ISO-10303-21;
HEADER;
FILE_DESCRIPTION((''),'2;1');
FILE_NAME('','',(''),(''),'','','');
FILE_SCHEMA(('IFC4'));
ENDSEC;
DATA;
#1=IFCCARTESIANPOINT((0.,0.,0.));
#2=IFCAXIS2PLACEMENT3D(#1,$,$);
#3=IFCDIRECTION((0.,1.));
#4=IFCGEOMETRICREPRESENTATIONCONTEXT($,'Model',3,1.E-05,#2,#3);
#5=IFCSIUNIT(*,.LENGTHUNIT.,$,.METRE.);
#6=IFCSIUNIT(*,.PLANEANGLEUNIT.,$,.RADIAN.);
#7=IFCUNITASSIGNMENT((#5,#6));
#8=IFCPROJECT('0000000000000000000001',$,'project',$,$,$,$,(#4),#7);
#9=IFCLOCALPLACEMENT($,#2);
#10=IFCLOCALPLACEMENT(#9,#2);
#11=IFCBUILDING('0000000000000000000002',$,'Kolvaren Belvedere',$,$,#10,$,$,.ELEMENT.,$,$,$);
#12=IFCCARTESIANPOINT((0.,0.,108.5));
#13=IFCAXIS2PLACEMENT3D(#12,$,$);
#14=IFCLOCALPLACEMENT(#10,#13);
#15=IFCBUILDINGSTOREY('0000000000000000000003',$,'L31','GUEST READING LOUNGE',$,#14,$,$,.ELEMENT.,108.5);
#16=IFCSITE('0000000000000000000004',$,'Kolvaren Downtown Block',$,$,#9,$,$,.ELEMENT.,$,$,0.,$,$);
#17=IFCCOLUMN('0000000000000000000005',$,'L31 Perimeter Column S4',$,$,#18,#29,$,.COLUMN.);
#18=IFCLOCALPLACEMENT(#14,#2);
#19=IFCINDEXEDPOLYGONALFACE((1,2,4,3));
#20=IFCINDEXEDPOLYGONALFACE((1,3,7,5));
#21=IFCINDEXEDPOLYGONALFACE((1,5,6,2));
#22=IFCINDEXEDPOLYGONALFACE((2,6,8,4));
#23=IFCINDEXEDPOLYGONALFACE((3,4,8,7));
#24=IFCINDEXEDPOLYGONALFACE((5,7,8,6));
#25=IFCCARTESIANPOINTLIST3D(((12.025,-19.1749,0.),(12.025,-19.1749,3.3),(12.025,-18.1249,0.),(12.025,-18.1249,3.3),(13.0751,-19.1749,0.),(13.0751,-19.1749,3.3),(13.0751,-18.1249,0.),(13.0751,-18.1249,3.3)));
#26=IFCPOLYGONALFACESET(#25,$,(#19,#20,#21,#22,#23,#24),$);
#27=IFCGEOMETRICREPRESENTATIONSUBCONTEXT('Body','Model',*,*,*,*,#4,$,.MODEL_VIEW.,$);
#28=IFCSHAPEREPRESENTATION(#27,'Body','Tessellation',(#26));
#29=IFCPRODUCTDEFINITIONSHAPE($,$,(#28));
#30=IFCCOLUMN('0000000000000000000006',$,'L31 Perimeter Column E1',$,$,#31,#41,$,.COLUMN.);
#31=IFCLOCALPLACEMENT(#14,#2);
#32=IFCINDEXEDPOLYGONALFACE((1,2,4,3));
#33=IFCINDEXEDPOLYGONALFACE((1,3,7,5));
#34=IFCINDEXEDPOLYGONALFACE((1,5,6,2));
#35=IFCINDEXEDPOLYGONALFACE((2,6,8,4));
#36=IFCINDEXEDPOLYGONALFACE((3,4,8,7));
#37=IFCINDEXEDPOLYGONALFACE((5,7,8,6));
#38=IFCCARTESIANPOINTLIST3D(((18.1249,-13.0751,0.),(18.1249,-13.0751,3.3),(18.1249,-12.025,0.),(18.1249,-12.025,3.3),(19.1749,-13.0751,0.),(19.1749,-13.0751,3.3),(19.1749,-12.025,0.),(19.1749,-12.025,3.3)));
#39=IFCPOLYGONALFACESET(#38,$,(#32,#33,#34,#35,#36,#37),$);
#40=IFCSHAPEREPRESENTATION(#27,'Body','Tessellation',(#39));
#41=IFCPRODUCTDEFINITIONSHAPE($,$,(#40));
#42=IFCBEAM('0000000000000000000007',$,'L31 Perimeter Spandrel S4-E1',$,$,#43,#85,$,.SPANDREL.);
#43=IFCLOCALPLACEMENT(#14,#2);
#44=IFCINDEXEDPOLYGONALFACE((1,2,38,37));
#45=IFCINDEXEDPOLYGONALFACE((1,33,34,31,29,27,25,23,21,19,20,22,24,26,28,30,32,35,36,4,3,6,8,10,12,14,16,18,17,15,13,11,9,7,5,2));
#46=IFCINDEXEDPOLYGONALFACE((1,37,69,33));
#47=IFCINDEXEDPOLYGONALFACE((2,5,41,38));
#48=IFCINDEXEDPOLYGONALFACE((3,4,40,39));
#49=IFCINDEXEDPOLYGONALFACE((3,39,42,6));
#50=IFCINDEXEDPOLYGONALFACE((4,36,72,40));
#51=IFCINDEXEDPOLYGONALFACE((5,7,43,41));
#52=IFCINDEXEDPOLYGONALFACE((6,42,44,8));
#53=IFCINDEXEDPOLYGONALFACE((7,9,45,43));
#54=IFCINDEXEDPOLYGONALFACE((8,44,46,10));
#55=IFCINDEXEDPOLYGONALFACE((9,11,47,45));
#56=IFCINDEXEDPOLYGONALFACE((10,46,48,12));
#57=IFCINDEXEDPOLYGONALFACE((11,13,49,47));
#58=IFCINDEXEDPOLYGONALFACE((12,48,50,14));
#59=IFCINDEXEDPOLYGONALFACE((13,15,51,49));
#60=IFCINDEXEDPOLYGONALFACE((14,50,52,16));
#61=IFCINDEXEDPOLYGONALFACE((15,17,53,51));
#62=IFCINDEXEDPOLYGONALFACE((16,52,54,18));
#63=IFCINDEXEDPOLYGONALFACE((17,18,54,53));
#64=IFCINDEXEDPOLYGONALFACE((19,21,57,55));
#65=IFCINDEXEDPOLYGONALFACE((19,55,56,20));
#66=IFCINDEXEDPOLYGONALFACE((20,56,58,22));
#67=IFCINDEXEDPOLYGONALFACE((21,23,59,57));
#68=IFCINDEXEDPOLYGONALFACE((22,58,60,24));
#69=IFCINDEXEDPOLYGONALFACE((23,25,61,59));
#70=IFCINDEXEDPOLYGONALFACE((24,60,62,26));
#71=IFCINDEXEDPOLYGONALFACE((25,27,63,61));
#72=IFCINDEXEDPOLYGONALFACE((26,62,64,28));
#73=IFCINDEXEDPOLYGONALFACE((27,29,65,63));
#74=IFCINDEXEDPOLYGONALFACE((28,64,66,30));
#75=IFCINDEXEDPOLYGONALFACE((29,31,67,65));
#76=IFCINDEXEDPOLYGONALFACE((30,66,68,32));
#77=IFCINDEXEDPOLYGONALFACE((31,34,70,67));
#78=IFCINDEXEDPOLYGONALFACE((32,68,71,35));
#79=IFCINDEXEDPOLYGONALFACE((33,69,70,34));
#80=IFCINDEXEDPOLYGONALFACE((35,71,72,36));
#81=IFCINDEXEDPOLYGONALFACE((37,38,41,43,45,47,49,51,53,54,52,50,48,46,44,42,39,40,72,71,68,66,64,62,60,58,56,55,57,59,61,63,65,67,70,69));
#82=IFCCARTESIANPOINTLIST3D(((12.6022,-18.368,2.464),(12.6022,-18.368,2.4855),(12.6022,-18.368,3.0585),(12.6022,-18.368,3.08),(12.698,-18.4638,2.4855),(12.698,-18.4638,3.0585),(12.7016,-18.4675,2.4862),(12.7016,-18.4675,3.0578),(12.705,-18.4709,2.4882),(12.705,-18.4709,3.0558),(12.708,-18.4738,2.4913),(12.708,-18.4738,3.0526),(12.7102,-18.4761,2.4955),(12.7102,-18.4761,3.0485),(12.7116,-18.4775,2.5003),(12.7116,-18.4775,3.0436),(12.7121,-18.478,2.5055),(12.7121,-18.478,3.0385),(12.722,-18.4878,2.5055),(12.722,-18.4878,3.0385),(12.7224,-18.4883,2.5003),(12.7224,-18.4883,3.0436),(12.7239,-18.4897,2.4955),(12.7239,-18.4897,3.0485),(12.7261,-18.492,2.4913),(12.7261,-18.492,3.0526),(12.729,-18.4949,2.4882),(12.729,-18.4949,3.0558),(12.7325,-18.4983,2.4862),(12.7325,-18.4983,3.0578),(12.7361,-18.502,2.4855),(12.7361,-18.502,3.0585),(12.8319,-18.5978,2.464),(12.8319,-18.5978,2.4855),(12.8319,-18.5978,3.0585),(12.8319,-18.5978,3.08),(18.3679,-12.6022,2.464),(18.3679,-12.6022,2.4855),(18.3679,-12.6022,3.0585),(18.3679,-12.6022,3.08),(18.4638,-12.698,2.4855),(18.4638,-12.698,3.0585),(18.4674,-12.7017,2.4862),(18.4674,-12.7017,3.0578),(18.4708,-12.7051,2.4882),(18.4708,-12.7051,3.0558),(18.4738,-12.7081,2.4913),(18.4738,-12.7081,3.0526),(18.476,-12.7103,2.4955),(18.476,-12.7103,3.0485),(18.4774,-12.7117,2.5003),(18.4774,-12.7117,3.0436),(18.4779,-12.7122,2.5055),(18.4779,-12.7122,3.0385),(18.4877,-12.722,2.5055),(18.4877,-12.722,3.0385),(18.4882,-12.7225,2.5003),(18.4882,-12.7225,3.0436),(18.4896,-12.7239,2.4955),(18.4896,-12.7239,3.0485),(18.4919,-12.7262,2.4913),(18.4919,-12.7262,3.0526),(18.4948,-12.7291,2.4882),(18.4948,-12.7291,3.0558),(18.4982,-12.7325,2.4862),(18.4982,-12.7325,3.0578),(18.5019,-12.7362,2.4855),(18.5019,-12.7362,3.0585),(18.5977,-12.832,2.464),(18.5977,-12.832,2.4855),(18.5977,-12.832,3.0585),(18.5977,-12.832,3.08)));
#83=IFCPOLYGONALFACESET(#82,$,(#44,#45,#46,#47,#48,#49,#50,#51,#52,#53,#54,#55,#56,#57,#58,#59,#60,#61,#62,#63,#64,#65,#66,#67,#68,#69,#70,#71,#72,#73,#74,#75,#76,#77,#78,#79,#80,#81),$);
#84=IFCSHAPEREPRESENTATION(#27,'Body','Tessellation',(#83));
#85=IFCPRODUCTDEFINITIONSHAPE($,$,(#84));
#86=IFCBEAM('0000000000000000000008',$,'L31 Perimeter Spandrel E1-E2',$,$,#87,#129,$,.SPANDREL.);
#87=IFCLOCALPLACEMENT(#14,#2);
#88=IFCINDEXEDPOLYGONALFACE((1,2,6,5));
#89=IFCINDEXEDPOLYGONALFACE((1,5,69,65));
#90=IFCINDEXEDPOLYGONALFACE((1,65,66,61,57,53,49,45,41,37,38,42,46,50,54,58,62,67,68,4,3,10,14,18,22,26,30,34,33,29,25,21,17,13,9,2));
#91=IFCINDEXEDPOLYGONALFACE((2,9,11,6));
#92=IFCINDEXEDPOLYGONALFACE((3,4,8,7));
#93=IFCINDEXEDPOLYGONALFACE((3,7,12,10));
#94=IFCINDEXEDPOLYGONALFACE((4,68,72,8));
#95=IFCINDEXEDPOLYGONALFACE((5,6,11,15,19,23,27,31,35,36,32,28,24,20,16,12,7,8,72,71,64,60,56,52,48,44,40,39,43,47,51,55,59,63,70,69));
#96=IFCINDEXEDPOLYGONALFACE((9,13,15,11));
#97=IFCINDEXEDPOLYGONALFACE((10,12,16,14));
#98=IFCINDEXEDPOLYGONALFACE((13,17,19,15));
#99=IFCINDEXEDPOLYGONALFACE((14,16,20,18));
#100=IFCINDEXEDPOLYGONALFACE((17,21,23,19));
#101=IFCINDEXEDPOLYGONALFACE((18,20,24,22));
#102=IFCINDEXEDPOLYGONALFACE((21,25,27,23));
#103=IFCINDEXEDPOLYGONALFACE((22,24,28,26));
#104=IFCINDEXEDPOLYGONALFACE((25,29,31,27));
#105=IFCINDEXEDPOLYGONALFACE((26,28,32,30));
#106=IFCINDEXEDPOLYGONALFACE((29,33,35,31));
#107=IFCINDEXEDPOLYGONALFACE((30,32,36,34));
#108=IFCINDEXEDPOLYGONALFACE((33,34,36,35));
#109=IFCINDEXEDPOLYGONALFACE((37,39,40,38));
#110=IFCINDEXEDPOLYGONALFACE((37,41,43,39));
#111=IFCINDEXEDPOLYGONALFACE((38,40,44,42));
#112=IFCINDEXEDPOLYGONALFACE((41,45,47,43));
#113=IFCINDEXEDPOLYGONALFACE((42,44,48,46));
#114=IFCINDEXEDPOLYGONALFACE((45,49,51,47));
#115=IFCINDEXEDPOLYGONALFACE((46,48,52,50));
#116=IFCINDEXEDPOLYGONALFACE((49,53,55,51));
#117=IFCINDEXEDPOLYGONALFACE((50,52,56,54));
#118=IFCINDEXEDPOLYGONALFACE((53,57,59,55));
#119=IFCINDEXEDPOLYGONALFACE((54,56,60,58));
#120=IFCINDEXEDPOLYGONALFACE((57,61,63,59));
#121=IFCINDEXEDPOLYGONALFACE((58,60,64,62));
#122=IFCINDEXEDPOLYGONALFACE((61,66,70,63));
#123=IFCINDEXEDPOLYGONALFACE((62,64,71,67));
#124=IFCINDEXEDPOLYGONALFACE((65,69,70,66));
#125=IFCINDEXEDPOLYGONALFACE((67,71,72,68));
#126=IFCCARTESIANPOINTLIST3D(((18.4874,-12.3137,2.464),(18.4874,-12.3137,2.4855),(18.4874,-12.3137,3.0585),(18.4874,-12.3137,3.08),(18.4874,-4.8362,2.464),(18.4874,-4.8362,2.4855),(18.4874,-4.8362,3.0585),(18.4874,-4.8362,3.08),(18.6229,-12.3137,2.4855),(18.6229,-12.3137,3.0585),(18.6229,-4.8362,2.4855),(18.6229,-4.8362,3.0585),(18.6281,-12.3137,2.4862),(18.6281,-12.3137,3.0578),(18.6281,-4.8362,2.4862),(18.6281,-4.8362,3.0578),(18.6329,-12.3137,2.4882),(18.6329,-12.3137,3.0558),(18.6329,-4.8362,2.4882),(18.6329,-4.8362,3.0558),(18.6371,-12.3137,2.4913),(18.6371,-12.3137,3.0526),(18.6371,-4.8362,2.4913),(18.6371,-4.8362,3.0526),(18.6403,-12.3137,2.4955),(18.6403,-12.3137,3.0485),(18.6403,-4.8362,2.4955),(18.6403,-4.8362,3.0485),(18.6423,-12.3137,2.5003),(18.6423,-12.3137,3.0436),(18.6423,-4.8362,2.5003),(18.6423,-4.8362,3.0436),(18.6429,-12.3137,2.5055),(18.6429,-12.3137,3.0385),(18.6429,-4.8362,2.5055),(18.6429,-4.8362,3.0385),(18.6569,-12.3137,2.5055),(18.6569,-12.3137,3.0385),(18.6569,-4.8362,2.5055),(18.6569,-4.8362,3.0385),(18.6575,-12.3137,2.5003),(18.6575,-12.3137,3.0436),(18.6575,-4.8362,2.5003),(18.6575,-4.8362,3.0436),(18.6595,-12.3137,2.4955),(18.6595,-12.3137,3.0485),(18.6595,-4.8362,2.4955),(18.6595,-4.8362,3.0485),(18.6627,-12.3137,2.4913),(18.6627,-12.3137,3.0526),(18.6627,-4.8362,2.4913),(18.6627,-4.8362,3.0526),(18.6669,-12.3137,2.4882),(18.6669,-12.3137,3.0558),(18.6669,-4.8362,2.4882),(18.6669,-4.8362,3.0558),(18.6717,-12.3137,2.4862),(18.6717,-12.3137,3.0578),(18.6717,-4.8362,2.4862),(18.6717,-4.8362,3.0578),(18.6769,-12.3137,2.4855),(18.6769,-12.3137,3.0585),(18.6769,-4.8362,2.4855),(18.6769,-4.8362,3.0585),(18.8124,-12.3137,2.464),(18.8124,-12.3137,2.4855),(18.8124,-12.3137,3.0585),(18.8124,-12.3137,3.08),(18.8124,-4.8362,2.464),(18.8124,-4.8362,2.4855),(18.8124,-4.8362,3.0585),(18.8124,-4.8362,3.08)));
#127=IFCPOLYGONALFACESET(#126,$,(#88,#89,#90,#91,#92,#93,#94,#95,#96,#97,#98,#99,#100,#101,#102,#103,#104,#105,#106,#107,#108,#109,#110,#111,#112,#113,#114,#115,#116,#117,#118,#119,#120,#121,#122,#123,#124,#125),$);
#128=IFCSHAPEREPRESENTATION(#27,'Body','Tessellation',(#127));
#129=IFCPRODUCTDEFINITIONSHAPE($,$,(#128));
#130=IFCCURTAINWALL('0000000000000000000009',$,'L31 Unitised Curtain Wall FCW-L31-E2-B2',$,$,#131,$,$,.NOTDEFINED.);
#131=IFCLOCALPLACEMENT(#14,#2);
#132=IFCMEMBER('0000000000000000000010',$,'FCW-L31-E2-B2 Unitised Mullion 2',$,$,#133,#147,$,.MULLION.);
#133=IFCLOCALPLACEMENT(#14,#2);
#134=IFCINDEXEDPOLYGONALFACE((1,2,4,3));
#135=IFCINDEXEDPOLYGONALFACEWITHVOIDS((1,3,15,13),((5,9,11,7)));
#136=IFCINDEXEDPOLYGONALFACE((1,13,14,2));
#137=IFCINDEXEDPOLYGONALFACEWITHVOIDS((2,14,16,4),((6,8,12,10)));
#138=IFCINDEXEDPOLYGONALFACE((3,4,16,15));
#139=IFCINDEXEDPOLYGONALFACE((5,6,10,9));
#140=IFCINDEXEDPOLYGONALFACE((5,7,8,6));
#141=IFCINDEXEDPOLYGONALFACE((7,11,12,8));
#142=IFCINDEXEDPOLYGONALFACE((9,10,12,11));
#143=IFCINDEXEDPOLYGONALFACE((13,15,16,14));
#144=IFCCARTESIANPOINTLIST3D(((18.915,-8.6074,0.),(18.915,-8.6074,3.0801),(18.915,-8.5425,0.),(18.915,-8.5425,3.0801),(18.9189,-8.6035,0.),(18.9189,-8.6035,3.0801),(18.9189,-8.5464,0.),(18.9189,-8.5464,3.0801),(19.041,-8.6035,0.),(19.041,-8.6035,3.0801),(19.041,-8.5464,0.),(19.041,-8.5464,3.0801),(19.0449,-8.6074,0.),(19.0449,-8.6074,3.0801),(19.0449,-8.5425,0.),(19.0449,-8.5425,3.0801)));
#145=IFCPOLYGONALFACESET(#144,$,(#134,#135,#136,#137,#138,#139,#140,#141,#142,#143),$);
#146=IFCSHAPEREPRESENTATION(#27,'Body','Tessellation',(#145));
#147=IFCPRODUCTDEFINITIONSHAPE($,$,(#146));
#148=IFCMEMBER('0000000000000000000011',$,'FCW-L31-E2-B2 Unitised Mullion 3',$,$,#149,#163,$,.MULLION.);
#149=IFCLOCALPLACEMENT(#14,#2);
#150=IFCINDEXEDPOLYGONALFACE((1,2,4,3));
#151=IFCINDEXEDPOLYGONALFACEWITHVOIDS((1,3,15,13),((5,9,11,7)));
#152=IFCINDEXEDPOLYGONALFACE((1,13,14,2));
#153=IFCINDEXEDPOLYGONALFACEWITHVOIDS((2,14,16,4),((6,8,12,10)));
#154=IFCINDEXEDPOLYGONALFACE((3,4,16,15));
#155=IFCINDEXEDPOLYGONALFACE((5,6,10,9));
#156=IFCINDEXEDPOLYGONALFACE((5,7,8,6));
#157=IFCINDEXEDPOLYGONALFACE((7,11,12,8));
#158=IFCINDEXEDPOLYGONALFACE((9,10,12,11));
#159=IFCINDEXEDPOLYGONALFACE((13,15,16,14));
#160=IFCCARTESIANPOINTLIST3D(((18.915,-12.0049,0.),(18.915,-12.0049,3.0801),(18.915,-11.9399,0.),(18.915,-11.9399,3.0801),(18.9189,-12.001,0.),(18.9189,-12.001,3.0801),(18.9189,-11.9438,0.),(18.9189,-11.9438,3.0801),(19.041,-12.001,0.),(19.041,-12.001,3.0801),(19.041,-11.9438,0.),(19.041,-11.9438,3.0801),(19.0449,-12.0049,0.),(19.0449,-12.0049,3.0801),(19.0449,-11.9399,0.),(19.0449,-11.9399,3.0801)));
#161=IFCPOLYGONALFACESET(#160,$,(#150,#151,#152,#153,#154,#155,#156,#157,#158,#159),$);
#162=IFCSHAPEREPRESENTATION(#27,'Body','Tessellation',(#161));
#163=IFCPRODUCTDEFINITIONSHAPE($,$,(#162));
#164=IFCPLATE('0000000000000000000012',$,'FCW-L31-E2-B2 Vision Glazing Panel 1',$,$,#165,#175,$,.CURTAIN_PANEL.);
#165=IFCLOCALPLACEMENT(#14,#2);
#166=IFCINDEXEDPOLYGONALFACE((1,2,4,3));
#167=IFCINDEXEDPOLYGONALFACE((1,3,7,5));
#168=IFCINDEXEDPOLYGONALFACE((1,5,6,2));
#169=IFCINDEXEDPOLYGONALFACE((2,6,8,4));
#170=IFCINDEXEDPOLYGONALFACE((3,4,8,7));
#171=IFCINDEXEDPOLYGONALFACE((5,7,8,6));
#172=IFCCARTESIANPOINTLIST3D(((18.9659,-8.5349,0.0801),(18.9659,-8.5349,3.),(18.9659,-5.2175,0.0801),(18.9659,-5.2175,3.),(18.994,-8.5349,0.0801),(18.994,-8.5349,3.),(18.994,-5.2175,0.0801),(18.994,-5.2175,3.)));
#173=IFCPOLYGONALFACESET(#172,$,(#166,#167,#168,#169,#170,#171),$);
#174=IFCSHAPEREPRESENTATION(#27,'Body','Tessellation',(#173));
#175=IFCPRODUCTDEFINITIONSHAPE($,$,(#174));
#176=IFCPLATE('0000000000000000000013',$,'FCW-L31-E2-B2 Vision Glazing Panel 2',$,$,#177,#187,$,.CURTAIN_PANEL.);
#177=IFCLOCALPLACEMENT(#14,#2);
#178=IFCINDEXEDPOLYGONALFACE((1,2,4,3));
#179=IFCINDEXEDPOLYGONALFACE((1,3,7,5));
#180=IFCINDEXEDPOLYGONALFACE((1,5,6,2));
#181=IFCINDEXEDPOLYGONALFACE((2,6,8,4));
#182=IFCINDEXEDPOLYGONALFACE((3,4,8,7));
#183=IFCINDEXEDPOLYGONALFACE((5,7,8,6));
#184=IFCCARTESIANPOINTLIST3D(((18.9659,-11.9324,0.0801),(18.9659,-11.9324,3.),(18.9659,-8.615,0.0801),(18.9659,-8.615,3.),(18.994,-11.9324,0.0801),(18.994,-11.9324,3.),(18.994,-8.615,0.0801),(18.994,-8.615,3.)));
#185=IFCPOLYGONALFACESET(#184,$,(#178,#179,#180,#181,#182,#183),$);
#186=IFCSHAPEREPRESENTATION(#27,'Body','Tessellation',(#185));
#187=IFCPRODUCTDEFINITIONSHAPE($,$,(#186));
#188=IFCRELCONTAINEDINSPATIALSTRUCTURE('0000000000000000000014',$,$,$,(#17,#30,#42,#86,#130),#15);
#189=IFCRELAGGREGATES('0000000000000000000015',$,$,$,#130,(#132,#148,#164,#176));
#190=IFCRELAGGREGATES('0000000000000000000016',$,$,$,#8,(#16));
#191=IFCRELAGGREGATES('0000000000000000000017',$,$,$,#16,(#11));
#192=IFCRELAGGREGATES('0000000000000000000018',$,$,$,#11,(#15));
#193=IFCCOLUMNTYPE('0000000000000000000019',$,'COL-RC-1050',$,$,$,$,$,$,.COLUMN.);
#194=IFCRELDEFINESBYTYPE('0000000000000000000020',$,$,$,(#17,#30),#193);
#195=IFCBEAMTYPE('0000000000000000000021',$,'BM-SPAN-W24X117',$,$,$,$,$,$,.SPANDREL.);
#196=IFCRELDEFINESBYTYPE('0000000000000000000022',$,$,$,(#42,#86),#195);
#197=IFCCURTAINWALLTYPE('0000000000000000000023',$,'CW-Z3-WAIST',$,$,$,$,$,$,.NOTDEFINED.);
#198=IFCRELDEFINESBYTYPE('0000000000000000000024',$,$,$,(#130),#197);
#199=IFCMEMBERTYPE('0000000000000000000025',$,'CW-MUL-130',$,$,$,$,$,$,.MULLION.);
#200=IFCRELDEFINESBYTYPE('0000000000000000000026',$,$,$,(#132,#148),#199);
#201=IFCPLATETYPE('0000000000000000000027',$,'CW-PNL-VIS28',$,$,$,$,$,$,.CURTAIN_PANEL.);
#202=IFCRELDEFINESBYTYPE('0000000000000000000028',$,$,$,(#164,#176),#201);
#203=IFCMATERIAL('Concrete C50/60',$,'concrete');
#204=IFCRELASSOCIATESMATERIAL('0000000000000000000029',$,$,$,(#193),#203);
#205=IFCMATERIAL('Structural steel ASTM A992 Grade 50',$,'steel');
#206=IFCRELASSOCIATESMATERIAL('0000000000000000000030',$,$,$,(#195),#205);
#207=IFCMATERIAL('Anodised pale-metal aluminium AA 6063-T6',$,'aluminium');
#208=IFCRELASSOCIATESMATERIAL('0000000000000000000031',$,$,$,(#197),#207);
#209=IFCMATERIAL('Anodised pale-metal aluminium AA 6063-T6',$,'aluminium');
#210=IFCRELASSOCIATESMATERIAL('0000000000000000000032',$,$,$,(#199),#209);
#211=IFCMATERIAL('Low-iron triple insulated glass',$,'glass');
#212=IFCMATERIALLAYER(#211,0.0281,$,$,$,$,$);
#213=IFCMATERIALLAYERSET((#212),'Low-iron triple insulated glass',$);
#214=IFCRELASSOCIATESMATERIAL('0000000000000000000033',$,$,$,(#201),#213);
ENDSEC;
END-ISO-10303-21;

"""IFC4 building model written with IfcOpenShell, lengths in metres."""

from ifc_helpers import new_model, si_unit, direction, frame, origin, origin_2d, place, context, subcontext, project, spatial, rectangle, hollow_rectangle, i_section, extrude, material, layer, layer_set, material_profile, profile_set, type_object, element, aggregate, save


model = new_model("IFC4")

# Units and contexts
model_context = context("Model", 3, precision=1e-05, world=origin(), true_north=direction((0.0, 1.0)))
body_context = subcontext(model_context, "Body", "Model", "MODEL_VIEW")
ifc_project = project(units=[si_unit("LENGTHUNIT", "METRE"), si_unit("PLANEANGLEUNIT", "RADIAN")], contexts=[model_context])

# Site, building, storey
site_placement = place(None, origin())
site = spatial("IfcSite", under=ifc_project, at=site_placement, Name="Kolvaren Downtown Block", CompositionType="ELEMENT", RefElevation=0.0)
building_placement = place(site_placement, origin())
building = spatial("IfcBuilding", under=site, at=building_placement, Name="Kolvaren Belvedere", CompositionType="ELEMENT")
storey_placement = place(building_placement, frame((0.0, 0.0, 108.5)))
storey = spatial("IfcBuildingStorey", under=building, at=storey_placement, Name="L31", Description="GUEST READING LOUNGE", CompositionType="ELEMENT", Elevation=108.5)

# Columns
ifc_material_1 = material(Name="Concrete C50/60", Category="concrete")
ifc_material_profile_1 = material_profile(ifc_material_1, rectangle(XDim=1.05, YDim=1.05, at=origin_2d()), Name="RC 1050X1050")
ifc_profile_set_1 = profile_set([ifc_material_profile_1], Name="Concrete C50/60")
column_type = type_object("IfcColumnType", Name="COL-RC-1050", PredefinedType="COLUMN", material=ifc_profile_set_1)
for number, where, z_axis, x_axis, name in (
    (1, (12.55, -18.6499, 0.0), (0.0, 0.0, 1.0), (1.0, 0.0, 0.0), "L31 Perimeter Column S4"),
    (2, (18.6499, -12.55, 0.0), (0.0, 0.0, 1.0), (1.0, 0.0, 0.0), "L31 Perimeter Column E1"),
):
    element("IfcColumn", number, at=place(storey_placement, frame(where, z_axis=z_axis, x_axis=x_axis)), inside=storey, type_object=column_type, Name=name, PredefinedType="COLUMN", context=body_context, shape_type="SweptSolid", body=[
        extrude(rectangle(XDim=1.05, YDim=1.05, at=origin_2d()), origin(), (0.0, 0.0, 1.0), 3.3),
    ])

# Beams
ifc_material_2 = material(Name="Structural steel ASTM A992 Grade 50", Category="steel")
ifc_material_profile_2 = material_profile(ifc_material_2, i_section(OverallWidth=0.325, OverallDepth=0.616, WebThickness=0.0139, FlangeThickness=0.0215, FilletRadius=0.02, at=origin_2d()), Name="W24X117")
ifc_profile_set_2 = profile_set([ifc_material_profile_2], Name="Structural steel ASTM A992 Grade 50")
beam_type = type_object("IfcBeamType", Name="BM-SPAN-W24X117", PredefinedType="SPANDREL", material=ifc_profile_set_2)
beam_1_placement = place(storey_placement, frame((12.717, -18.4829, 2.772), z_axis=(0.707107, 0.707107, 0.0), x_axis=(-0.707107, 0.707107, 0.0)))
element("IfcBeam", 3, at=beam_1_placement, inside=storey, type_object=beam_type, Name="L31 Perimeter Spandrel S4-E1", PredefinedType="SPANDREL", context=body_context, shape_type="SweptSolid", body=[
    extrude(i_section(OverallWidth=0.325, OverallDepth=0.616, WebThickness=0.0139, FlangeThickness=0.0215, FilletRadius=0.02, at=origin_2d()), origin(), (0.0, 0.0, 1.0), 8.1541),
])
beam_2_placement = place(storey_placement, frame((18.6499, -12.3137, 2.772), z_axis=(0.0, 1.0, 0.0), x_axis=(-1.0, 0.0, 0.0)))
element("IfcBeam", 4, at=beam_2_placement, inside=storey, type_object=beam_type, Name="L31 Perimeter Spandrel E1-E2", PredefinedType="SPANDREL", context=body_context, shape_type="SweptSolid", body=[
    extrude(i_section(OverallWidth=0.325, OverallDepth=0.616, WebThickness=0.0139, FlangeThickness=0.0215, FilletRadius=0.02, at=origin_2d()), origin(), (0.0, 0.0, 1.0), 7.4775),
])

# Curtain wall, members, plates
ifc_material_3 = material(Name="Anodised pale-metal aluminium AA 6063-T6", Category="aluminium")
curtain_wall_type = type_object("IfcCurtainWallType", Name="CW-Z3-WAIST", PredefinedType="NOTDEFINED", material=ifc_material_3)
curtain_wall_placement = place(storey_placement, origin())
curtain_wall = element("IfcCurtainWall", 5, at=curtain_wall_placement, inside=storey, type_object=curtain_wall_type, Name="L31 Unitised Curtain Wall FCW-L31-E2-B2", PredefinedType="NOTDEFINED")
ifc_material_4 = material(Name="Anodised pale-metal aluminium AA 6063-T6", Category="aluminium")
ifc_material_profile_3 = material_profile(ifc_material_4, hollow_rectangle(XDim=0.0649, YDim=0.1299, WallThickness=0.0039, at=origin_2d()), Name="ALU-MUL-130X65")
ifc_profile_set_3 = profile_set([ifc_material_profile_3], Name="Anodised pale-metal aluminium AA 6063-T6")
member_type = type_object("IfcMemberType", Name="CW-MUL-130", PredefinedType="MULLION", material=ifc_profile_set_3)
member_1_placement = place(storey_placement, frame((18.98, -8.575, 0.0), z_axis=(0.0, 0.0, 1.0), x_axis=(0.0, 1.0, 0.0)))
member_1 = element("IfcMember", 6, at=member_1_placement, type_object=member_type, Name="FCW-L31-E2-B2 Unitised Mullion 2", PredefinedType="MULLION", context=body_context, shape_type="SweptSolid", body=[
    extrude(hollow_rectangle(XDim=0.0649, YDim=0.1299, WallThickness=0.0039, at=origin_2d()), origin(), (0.0, 0.0, 1.0), 3.0801),
])
member_2_placement = place(storey_placement, frame((18.98, -11.9724, 0.0), z_axis=(0.0, 0.0, 1.0), x_axis=(0.0, 1.0, 0.0)))
member_2 = element("IfcMember", 7, at=member_2_placement, type_object=member_type, Name="FCW-L31-E2-B2 Unitised Mullion 3", PredefinedType="MULLION", context=body_context, shape_type="SweptSolid", body=[
    extrude(hollow_rectangle(XDim=0.0649, YDim=0.1299, WallThickness=0.0039, at=origin_2d()), origin(), (0.0, 0.0, 1.0), 3.0801),
])
ifc_material_5 = material(Name="Low-iron triple insulated glass", Category="glass")
ifc_layer_1 = layer(ifc_material_5, 0.0281)
ifc_layer_set_1 = layer_set([ifc_layer_1], Name="Low-iron triple insulated glass")
plate_type_1 = type_object("IfcPlateType", Name="CW-PNL-VIS28", PredefinedType="CURTAIN_PANEL", material=ifc_layer_set_1)
plate_1_placement = place(storey_placement, frame((18.98, -6.8762, 0.0801), z_axis=(0.0, 0.0, 1.0), x_axis=(0.0, -1.0, 0.0)))
plate_1 = element("IfcPlate", 8, at=plate_1_placement, type_object=plate_type_1, Name="FCW-L31-E2-B2 Vision Glazing Panel 1", PredefinedType="CURTAIN_PANEL", context=body_context, shape_type="SweptSolid", body=[
    extrude(rectangle(XDim=3.3174, YDim=0.0281, at=origin_2d()), origin(), (0.0, 0.0, 1.0), 2.9199),
])
plate_2_placement = place(storey_placement, frame((18.98, -10.2737, 0.0801), z_axis=(0.0, 0.0, 1.0), x_axis=(0.0, -1.0, 0.0)))
plate_2 = element("IfcPlate", 9, at=plate_2_placement, type_object=plate_type_1, Name="FCW-L31-E2-B2 Vision Glazing Panel 2", PredefinedType="CURTAIN_PANEL", context=body_context, shape_type="SweptSolid", body=[
    extrude(rectangle(XDim=3.3174, YDim=0.0281, at=origin_2d()), origin(), (0.0, 0.0, 1.0), 2.9199),
])
aggregate(curtain_wall, [member_1, member_2, plate_1, plate_2])

save(model, "model.ifc")
